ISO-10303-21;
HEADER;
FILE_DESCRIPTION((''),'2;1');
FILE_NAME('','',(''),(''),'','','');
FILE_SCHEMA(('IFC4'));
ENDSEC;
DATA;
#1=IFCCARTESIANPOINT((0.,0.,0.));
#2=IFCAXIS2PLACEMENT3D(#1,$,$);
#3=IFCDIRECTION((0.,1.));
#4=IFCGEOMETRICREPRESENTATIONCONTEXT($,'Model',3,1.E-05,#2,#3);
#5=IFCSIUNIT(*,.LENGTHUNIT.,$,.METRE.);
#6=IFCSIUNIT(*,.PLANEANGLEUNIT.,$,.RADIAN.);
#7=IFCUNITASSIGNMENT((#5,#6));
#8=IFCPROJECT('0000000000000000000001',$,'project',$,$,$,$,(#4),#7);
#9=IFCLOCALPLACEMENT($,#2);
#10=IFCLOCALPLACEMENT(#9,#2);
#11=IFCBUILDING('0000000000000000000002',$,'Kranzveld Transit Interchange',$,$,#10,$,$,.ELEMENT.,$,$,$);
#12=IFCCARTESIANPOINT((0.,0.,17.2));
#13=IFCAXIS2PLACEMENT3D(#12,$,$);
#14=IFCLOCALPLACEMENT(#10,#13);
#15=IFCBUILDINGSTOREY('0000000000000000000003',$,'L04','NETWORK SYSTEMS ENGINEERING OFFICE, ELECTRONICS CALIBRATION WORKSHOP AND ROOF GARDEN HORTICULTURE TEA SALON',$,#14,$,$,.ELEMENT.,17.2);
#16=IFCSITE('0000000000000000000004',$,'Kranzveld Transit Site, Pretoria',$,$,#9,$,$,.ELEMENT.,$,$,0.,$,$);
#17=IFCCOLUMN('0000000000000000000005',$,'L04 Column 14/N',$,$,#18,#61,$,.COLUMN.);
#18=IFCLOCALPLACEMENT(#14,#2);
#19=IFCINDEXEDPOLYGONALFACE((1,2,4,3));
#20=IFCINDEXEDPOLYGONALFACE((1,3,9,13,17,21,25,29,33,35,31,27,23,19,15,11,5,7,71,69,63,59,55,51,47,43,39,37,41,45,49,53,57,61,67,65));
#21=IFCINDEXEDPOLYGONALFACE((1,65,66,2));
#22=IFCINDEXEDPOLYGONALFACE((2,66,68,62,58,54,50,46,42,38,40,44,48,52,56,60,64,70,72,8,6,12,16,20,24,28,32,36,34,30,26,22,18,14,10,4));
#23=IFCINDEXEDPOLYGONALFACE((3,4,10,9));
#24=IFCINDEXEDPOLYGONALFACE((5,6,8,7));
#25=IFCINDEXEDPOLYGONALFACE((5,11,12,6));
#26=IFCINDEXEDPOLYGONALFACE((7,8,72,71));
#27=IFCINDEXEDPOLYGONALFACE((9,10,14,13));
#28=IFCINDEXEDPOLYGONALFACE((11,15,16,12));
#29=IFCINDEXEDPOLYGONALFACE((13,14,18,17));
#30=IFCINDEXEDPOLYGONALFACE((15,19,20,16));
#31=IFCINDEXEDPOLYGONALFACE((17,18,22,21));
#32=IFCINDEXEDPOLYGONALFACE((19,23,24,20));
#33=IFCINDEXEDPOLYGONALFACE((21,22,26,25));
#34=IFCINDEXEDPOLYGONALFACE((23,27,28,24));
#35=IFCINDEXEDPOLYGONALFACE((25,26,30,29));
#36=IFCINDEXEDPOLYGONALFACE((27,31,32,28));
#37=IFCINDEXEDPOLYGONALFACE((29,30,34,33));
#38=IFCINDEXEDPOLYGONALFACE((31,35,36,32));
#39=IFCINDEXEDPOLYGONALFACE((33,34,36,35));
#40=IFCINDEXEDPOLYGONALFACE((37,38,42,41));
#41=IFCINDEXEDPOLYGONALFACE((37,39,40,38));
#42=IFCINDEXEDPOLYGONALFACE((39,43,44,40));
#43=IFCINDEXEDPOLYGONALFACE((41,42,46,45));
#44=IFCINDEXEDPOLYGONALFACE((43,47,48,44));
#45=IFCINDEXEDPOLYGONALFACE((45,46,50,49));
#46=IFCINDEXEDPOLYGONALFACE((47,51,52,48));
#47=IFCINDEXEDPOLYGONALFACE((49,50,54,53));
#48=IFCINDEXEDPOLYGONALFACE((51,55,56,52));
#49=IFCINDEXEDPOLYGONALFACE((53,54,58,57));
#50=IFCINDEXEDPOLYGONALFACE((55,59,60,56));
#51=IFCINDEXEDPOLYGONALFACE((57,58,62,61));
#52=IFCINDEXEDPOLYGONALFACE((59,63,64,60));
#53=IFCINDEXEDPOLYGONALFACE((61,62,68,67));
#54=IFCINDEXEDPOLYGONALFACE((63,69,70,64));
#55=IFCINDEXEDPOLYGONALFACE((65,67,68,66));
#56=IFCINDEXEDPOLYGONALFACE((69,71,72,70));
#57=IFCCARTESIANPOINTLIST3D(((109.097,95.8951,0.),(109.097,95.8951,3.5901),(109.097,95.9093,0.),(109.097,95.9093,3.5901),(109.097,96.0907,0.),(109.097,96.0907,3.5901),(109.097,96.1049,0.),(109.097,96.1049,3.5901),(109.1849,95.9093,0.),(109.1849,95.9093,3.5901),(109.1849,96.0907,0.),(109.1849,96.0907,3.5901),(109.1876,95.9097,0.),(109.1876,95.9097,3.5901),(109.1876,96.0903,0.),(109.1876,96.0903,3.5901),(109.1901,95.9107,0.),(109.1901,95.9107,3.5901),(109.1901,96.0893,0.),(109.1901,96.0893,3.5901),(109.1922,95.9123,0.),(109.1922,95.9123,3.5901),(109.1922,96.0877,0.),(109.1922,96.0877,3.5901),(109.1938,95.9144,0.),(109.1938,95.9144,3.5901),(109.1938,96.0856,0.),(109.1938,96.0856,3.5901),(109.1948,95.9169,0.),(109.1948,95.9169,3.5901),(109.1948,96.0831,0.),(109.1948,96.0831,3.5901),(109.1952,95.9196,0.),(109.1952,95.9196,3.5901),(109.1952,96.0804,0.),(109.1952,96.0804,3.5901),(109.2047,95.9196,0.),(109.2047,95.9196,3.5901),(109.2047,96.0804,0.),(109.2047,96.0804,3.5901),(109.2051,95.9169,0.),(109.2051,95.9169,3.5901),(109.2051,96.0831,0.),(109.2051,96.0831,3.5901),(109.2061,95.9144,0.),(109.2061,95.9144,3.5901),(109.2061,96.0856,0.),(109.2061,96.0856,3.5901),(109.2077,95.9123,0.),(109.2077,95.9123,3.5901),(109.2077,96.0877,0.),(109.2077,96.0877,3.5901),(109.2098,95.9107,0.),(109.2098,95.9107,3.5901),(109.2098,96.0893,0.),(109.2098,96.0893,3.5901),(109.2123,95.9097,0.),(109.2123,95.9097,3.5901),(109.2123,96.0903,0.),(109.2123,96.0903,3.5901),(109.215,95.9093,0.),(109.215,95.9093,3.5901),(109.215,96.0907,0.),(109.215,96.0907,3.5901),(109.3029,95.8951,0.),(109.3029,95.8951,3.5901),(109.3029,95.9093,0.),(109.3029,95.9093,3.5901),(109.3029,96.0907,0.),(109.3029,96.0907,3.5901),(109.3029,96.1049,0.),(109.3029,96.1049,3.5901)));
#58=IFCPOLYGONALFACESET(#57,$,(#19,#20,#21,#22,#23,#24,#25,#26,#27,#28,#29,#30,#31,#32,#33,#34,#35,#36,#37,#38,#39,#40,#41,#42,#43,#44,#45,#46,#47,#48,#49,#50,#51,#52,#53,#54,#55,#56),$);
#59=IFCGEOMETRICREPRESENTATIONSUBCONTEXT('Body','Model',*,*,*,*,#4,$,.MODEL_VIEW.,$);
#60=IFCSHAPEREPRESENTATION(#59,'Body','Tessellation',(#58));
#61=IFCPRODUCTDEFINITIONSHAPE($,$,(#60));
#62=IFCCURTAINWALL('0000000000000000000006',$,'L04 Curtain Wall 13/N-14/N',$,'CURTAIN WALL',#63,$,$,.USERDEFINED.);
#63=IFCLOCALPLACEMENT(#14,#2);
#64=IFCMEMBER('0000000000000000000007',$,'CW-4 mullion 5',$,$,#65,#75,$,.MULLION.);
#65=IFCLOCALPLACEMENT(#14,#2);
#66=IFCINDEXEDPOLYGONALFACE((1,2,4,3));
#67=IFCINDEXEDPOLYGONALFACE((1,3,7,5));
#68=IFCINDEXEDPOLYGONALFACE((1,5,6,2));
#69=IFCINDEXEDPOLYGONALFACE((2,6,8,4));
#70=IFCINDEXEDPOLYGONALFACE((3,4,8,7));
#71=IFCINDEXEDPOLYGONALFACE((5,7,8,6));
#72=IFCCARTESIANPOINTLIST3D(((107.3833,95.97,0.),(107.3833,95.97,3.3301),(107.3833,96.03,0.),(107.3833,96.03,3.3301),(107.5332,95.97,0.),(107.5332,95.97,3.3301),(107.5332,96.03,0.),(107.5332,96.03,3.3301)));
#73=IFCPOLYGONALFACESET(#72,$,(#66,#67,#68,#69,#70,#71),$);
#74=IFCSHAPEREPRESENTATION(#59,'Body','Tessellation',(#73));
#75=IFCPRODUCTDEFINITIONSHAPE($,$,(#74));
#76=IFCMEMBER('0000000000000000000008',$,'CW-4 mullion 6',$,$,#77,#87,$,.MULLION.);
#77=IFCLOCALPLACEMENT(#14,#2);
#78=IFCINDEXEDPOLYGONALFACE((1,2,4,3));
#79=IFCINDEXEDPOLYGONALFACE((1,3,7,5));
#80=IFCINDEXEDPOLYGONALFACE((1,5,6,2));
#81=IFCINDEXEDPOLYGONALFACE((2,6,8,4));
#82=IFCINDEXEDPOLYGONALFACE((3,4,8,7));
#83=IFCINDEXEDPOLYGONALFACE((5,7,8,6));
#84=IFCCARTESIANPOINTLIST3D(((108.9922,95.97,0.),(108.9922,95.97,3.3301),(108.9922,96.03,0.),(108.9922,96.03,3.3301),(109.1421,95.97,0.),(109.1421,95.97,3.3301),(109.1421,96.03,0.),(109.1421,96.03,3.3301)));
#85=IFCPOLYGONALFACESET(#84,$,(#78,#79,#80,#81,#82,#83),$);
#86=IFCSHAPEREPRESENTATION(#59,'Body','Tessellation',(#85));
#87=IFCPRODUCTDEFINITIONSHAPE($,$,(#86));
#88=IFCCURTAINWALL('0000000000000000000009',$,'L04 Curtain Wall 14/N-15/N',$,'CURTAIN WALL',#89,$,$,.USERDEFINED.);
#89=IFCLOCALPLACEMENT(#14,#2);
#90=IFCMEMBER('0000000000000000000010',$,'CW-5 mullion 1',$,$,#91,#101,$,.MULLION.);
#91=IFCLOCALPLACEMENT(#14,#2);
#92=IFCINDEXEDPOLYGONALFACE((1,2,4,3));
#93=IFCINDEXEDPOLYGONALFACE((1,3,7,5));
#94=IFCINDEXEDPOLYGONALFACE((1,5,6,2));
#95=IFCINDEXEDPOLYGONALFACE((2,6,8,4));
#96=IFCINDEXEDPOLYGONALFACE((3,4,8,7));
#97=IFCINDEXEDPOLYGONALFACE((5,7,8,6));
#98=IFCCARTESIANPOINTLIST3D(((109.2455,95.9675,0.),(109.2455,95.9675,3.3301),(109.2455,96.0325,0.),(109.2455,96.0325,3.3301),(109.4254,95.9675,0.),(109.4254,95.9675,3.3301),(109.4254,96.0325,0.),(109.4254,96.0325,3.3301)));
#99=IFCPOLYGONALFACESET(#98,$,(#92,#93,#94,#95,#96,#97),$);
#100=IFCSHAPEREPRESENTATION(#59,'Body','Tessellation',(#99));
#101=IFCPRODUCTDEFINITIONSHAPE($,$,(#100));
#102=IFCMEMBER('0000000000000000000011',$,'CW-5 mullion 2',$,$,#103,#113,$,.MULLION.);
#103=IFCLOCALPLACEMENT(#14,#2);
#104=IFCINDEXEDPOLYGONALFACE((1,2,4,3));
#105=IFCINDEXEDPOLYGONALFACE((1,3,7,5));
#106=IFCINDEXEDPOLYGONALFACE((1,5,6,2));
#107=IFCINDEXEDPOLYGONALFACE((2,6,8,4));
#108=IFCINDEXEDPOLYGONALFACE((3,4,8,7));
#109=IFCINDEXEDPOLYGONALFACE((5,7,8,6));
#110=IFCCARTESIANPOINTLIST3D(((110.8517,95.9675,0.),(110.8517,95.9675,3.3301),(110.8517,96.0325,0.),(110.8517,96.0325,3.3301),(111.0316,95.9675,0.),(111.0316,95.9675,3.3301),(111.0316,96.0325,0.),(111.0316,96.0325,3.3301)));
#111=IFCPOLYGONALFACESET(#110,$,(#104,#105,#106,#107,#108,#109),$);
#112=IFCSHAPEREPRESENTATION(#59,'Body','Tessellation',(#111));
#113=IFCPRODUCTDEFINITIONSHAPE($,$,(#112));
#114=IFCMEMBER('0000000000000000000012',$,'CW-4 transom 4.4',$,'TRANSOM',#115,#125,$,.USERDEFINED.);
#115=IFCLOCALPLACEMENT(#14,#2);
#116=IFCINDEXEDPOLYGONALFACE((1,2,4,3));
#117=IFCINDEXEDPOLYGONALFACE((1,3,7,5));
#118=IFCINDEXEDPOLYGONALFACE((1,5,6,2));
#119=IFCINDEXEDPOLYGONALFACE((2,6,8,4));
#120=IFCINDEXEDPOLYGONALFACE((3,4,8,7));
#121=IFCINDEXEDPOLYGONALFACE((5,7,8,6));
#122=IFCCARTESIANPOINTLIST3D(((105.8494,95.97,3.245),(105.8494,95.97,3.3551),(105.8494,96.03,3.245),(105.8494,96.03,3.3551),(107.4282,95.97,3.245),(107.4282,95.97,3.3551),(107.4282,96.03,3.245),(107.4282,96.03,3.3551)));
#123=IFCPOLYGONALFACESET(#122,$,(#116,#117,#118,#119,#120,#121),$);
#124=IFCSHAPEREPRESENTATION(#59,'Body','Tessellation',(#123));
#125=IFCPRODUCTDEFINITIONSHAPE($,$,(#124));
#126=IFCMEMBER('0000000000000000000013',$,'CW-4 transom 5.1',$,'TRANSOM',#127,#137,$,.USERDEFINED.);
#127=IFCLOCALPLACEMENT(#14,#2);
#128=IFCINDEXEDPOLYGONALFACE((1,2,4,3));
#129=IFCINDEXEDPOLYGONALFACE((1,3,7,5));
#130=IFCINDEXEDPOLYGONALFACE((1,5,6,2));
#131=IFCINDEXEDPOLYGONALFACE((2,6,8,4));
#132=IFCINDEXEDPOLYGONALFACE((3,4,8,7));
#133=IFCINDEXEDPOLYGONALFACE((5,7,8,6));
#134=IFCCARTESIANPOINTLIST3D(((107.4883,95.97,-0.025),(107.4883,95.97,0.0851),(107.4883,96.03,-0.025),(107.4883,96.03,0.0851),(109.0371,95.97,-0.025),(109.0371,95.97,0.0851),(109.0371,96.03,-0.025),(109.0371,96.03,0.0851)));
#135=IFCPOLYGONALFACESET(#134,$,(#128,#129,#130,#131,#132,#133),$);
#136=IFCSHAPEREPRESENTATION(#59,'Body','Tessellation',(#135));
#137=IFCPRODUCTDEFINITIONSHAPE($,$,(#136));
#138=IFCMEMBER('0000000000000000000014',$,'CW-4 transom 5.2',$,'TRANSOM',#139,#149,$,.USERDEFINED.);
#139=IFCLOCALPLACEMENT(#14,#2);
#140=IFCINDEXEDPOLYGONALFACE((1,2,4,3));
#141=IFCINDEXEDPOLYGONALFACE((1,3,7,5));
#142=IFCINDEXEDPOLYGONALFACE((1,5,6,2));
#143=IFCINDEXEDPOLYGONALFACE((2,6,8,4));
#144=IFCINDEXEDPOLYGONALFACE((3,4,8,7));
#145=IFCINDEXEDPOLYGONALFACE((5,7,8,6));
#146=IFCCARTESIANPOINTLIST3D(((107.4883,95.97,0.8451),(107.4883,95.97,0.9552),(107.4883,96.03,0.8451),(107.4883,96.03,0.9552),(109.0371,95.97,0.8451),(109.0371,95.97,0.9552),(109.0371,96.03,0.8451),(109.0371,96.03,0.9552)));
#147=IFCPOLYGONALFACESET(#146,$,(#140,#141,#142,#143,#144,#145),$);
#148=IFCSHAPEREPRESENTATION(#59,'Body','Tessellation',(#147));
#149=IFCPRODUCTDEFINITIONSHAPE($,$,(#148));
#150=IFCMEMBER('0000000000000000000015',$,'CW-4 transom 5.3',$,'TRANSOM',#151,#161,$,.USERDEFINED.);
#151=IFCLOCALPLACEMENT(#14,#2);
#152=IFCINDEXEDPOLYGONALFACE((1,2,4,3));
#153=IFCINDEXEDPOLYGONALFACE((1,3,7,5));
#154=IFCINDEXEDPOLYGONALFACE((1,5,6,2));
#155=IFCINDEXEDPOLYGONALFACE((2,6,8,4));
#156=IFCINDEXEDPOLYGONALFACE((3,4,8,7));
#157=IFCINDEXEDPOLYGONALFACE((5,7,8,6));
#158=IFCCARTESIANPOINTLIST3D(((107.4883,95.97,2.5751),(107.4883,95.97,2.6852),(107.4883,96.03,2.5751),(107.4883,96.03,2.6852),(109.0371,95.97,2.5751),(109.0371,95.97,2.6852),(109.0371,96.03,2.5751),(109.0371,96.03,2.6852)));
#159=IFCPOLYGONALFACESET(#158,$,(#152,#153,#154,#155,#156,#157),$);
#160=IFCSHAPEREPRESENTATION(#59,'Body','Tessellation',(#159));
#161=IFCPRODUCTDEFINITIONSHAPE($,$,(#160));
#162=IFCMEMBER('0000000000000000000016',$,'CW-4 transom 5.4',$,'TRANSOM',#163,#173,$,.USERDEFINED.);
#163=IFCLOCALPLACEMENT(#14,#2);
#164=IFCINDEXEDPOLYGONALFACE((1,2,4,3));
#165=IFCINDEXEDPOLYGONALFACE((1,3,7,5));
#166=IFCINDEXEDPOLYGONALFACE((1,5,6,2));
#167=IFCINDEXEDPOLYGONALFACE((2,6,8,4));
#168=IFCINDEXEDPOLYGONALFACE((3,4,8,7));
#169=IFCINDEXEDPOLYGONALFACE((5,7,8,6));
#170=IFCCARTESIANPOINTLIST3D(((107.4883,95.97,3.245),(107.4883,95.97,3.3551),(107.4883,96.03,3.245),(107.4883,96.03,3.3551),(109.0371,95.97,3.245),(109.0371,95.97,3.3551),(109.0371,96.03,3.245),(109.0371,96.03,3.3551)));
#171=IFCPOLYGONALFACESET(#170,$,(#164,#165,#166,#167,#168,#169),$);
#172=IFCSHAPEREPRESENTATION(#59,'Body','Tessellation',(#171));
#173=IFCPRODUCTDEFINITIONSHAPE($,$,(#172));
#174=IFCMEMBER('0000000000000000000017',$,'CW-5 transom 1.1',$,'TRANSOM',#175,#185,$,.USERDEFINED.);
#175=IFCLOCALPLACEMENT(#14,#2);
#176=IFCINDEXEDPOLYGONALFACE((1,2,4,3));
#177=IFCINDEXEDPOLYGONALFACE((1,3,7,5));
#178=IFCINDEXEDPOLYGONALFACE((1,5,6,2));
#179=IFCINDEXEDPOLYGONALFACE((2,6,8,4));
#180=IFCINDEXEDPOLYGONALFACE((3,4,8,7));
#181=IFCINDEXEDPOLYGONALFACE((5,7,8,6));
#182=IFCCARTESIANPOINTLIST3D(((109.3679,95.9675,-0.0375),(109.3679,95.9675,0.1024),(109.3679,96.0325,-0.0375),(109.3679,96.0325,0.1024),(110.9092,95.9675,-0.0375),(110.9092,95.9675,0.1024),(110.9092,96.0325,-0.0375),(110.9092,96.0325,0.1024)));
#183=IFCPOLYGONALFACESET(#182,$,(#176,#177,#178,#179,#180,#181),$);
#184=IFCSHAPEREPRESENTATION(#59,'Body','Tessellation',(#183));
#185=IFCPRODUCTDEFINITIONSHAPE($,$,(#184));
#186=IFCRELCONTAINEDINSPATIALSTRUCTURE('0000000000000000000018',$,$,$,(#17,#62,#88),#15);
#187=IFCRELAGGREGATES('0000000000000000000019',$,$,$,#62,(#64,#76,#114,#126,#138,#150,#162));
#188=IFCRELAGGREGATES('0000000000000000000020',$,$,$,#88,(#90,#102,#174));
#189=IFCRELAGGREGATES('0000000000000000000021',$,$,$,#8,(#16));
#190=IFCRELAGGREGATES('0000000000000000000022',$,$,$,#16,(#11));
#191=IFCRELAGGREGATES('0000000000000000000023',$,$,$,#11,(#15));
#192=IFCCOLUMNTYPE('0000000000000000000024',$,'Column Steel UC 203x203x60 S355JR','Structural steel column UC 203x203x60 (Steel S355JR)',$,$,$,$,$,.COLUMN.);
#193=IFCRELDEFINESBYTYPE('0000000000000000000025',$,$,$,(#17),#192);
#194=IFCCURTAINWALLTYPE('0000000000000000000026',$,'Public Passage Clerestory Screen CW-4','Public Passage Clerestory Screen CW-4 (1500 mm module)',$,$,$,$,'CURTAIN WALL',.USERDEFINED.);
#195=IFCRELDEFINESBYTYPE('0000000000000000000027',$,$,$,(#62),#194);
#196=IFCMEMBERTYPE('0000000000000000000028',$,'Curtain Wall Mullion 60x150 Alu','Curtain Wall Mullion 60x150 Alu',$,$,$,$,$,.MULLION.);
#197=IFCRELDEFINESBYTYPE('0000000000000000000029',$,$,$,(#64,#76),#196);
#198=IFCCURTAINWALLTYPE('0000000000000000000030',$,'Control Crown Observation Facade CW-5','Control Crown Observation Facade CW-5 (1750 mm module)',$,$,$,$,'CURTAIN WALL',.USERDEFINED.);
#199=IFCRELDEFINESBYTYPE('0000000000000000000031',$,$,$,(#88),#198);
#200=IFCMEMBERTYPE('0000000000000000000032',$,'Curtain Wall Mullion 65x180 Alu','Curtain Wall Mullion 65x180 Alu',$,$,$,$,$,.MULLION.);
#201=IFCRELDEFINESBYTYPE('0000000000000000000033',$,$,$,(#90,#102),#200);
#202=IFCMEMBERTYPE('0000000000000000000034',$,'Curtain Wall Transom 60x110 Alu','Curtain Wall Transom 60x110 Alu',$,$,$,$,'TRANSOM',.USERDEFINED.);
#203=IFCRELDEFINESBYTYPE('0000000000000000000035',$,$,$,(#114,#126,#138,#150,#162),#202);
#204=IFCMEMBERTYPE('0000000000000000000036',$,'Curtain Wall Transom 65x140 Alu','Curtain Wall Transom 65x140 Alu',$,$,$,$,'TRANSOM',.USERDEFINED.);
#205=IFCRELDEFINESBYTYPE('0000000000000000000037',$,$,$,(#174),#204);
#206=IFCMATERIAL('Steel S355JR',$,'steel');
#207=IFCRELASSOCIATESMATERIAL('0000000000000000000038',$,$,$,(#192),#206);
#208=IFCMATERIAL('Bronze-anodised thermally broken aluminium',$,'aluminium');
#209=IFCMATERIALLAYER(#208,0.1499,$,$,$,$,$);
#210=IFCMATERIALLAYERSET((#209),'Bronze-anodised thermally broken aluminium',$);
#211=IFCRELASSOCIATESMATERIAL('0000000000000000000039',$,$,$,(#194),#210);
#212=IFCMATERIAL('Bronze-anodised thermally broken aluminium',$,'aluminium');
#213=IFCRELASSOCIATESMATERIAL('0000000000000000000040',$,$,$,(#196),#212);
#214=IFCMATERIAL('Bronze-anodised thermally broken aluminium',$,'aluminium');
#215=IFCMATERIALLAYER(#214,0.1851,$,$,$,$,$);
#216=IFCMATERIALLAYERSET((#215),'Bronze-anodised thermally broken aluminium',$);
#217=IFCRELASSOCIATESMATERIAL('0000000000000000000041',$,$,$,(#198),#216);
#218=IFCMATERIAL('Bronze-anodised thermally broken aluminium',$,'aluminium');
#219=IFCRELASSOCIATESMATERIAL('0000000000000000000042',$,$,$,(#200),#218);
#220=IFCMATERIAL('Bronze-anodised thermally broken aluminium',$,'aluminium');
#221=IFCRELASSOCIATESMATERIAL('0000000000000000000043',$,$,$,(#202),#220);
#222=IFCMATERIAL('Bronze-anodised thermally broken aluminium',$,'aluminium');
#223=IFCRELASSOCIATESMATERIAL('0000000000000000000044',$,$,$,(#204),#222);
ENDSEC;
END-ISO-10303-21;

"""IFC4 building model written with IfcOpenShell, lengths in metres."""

from ifc_helpers import new_model, si_unit, direction, frame, origin, origin_2d, place, context, subcontext, project, spatial, rectangle, i_section, extrude, material, layer, layer_set, material_profile, profile_set, type_object, element, aggregate, save


model = new_model("IFC4")

# Units and contexts
model_context = context("Model", 3, precision=1e-05, world=origin(), true_north=direction((0.0, 1.0)))
body_context = subcontext(model_context, "Body", "Model", "MODEL_VIEW")
ifc_project = project(units=[si_unit("LENGTHUNIT", "METRE"), si_unit("PLANEANGLEUNIT", "RADIAN")], contexts=[model_context])

# Site, building, storey
site_placement = place(None, origin())
site = spatial("IfcSite", under=ifc_project, at=site_placement, Name="Kranzveld Transit Site, Pretoria", CompositionType="ELEMENT", RefElevation=0.0)
building_placement = place(site_placement, origin())
building = spatial("IfcBuilding", under=site, at=building_placement, Name="Kranzveld Transit Interchange", CompositionType="ELEMENT")
storey_placement = place(building_placement, frame((0.0, 0.0, 17.2)))
storey = spatial("IfcBuildingStorey", under=building, at=storey_placement, Name="L04", Description="NETWORK SYSTEMS ENGINEERING OFFICE, ELECTRONICS CALIBRATION WORKSHOP AND ROOF GARDEN HORTICULTURE TEA SALON", CompositionType="ELEMENT", Elevation=17.2)

# Column
ifc_material_1 = material(Name="Steel S355JR", Category="steel")
ifc_material_profile_1 = material_profile(ifc_material_1, i_section(OverallWidth=0.2058, OverallDepth=0.2097, WebThickness=0.0095, FlangeThickness=0.0142, FilletRadius=0.0103, at=origin_2d()), Name="UC 203x203x60")
ifc_profile_set_1 = profile_set([ifc_material_profile_1], Name="Steel S355JR")
column_type = type_object("IfcColumnType", Name="Column Steel UC 203x203x60 S355JR", Description="Structural steel column UC 203x203x60 (Steel S355JR)", PredefinedType="COLUMN", material=ifc_profile_set_1)
column_placement = place(storey_placement, frame((109.2, 96.0, 0.0), z_axis=(0.0, 0.0, 1.0), x_axis=(1.0, 0.0, 0.0)))
element("IfcColumn", 1, at=column_placement, inside=storey, type_object=column_type, Name="L04 Column 14/N", PredefinedType="COLUMN", context=body_context, shape_type="SweptSolid", body=[
    extrude(i_section(OverallWidth=0.2058, OverallDepth=0.2097, WebThickness=0.0095, FlangeThickness=0.0142, FilletRadius=0.0103, at=origin_2d()), origin(), (0.0, 0.0, 1.0), 3.5901),
])

# Curtain walls, members
ifc_material_2 = material(Name="Bronze-anodised thermally broken aluminium", Category="aluminium")
ifc_layer_1 = layer(ifc_material_2, 0.1499)
ifc_layer_set_1 = layer_set([ifc_layer_1], Name="Bronze-anodised thermally broken aluminium")
curtain_wall_type_1 = type_object("IfcCurtainWallType", Name="Public Passage Clerestory Screen CW-4", Description="Public Passage Clerestory Screen CW-4 (1500 mm module)", ElementType="CURTAIN WALL", PredefinedType="USERDEFINED", material=ifc_layer_set_1)
curtain_wall_1_placement = place(storey_placement, origin())
curtain_wall_1 = element("IfcCurtainWall", 2, at=curtain_wall_1_placement, inside=storey, type_object=curtain_wall_type_1, Name="L04 Curtain Wall 13/N-14/N", ObjectType="CURTAIN WALL", PredefinedType="USERDEFINED")
ifc_material_3 = material(Name="Bronze-anodised thermally broken aluminium", Category="aluminium")
ifc_material_profile_2 = material_profile(ifc_material_3, rectangle(XDim=0.0601, YDim=0.1499, at=origin_2d()), Name="ALU MULLION 60x150")
ifc_profile_set_2 = profile_set([ifc_material_profile_2], Name="Bronze-anodised thermally broken aluminium")
member_type_1 = type_object("IfcMemberType", Name="Curtain Wall Mullion 60x150 Alu", Description="Curtain Wall Mullion 60x150 Alu", PredefinedType="MULLION", material=ifc_profile_set_2)
member_1_placement = place(storey_placement, frame((107.4583, 96.0, 0.0), z_axis=(0.0, 0.0, 1.0), x_axis=(0.0, 1.0, 0.0)))
member_1 = element("IfcMember", 3, at=member_1_placement, type_object=member_type_1, Name="CW-4 mullion 5", PredefinedType="MULLION", context=body_context, shape_type="SweptSolid", body=[
    extrude(rectangle(XDim=0.0601, YDim=0.1499, at=origin_2d()), origin(), (0.0, 0.0, 1.0), 3.3301),
])
member_2_placement = place(storey_placement, frame((109.0671, 96.0, 0.0), z_axis=(0.0, 0.0, 1.0), x_axis=(0.0, 1.0, 0.0)))
member_2 = element("IfcMember", 4, at=member_2_placement, type_object=member_type_1, Name="CW-4 mullion 6", PredefinedType="MULLION", context=body_context, shape_type="SweptSolid", body=[
    extrude(rectangle(XDim=0.0601, YDim=0.1499, at=origin_2d()), origin(), (0.0, 0.0, 1.0), 3.3301),
])
ifc_material_4 = material(Name="Bronze-anodised thermally broken aluminium", Category="aluminium")
ifc_layer_2 = layer(ifc_material_4, 0.1851)
ifc_layer_set_2 = layer_set([ifc_layer_2], Name="Bronze-anodised thermally broken aluminium")
curtain_wall_type_2 = type_object("IfcCurtainWallType", Name="Control Crown Observation Facade CW-5", Description="Control Crown Observation Facade CW-5 (1750 mm module)", ElementType="CURTAIN WALL", PredefinedType="USERDEFINED", material=ifc_layer_set_2)
curtain_wall_2_placement = place(storey_placement, origin())
curtain_wall_2 = element("IfcCurtainWall", 5, at=curtain_wall_2_placement, inside=storey, type_object=curtain_wall_type_2, Name="L04 Curtain Wall 14/N-15/N", ObjectType="CURTAIN WALL", PredefinedType="USERDEFINED")
ifc_material_5 = material(Name="Bronze-anodised thermally broken aluminium", Category="aluminium")
ifc_material_profile_3 = material_profile(ifc_material_5, rectangle(XDim=0.0649, YDim=0.1799, at=origin_2d()), Name="ALU MULLION 65x180")
ifc_profile_set_3 = profile_set([ifc_material_profile_3], Name="Bronze-anodised thermally broken aluminium")
member_type_2 = type_object("IfcMemberType", Name="Curtain Wall Mullion 65x180 Alu", Description="Curtain Wall Mullion 65x180 Alu", PredefinedType="MULLION", material=ifc_profile_set_3)
member_3_placement = place(storey_placement, frame((109.3354, 96.0, 0.0), z_axis=(0.0, 0.0, 1.0), x_axis=(0.0, 1.0, 0.0)))
member_3 = element("IfcMember", 6, at=member_3_placement, type_object=member_type_2, Name="CW-5 mullion 1", PredefinedType="MULLION", context=body_context, shape_type="SweptSolid", body=[
    extrude(rectangle(XDim=0.0649, YDim=0.1799, at=origin_2d()), origin(), (0.0, 0.0, 1.0), 3.3301),
])
member_4_placement = place(storey_placement, frame((110.9417, 96.0, 0.0), z_axis=(0.0, 0.0, 1.0), x_axis=(0.0, 1.0, 0.0)))
member_4 = element("IfcMember", 7, at=member_4_placement, type_object=member_type_2, Name="CW-5 mullion 2", PredefinedType="MULLION", context=body_context, shape_type="SweptSolid", body=[
    extrude(rectangle(XDim=0.0649, YDim=0.1799, at=origin_2d()), origin(), (0.0, 0.0, 1.0), 3.3301),
])

# Members
ifc_material_6 = material(Name="Bronze-anodised thermally broken aluminium", Category="aluminium")
ifc_material_profile_4 = material_profile(ifc_material_6, rectangle(XDim=0.0601, YDim=0.1101, at=origin_2d()), Name="ALU TRANSOM 60x110")
ifc_profile_set_4 = profile_set([ifc_material_profile_4], Name="Bronze-anodised thermally broken aluminium")
member_type_3 = type_object("IfcMemberType", Name="Curtain Wall Transom 60x110 Alu", Description="Curtain Wall Transom 60x110 Alu", ElementType="TRANSOM", PredefinedType="USERDEFINED", material=ifc_profile_set_4)
member_5_placement = place(storey_placement, frame((105.8494, 96.0, 3.3), z_axis=(1.0, 0.0, 0.0), x_axis=(0.0, 1.0, 0.0)))
member_5 = element("IfcMember", 8, at=member_5_placement, type_object=member_type_3, Name="CW-4 transom 4.4", ObjectType="TRANSOM", PredefinedType="USERDEFINED", context=body_context, shape_type="SweptSolid", body=[
    extrude(rectangle(XDim=0.0601, YDim=0.1101, at=origin_2d()), origin(), (0.0, 0.0, 1.0), 1.5789),
])
member_6_placement = place(storey_placement, frame((107.4883, 96.0, 0.03), z_axis=(1.0, 0.0, 0.0), x_axis=(0.0, 1.0, 0.0)))
member_6 = element("IfcMember", 9, at=member_6_placement, type_object=member_type_3, Name="CW-4 transom 5.1", ObjectType="TRANSOM", PredefinedType="USERDEFINED", context=body_context, shape_type="SweptSolid", body=[
    extrude(rectangle(XDim=0.0601, YDim=0.1101, at=origin_2d()), origin(), (0.0, 0.0, 1.0), 1.5488),
])
member_7_placement = place(storey_placement, frame((107.4883, 96.0, 0.9001), z_axis=(1.0, 0.0, 0.0), x_axis=(0.0, 1.0, 0.0)))
member_7 = element("IfcMember", 10, at=member_7_placement, type_object=member_type_3, Name="CW-4 transom 5.2", ObjectType="TRANSOM", PredefinedType="USERDEFINED", context=body_context, shape_type="SweptSolid", body=[
    extrude(rectangle(XDim=0.0601, YDim=0.1101, at=origin_2d()), origin(), (0.0, 0.0, 1.0), 1.5488),
])
member_8_placement = place(storey_placement, frame((107.4883, 96.0, 2.6301), z_axis=(1.0, 0.0, 0.0), x_axis=(0.0, 1.0, 0.0)))
member_8 = element("IfcMember", 11, at=member_8_placement, type_object=member_type_3, Name="CW-4 transom 5.3", ObjectType="TRANSOM", PredefinedType="USERDEFINED", context=body_context, shape_type="SweptSolid", body=[
    extrude(rectangle(XDim=0.0601, YDim=0.1101, at=origin_2d()), origin(), (0.0, 0.0, 1.0), 1.5488),
])
member_9_placement = place(storey_placement, frame((107.4883, 96.0, 3.3), z_axis=(1.0, 0.0, 0.0), x_axis=(0.0, 1.0, 0.0)))
member_9 = element("IfcMember", 12, at=member_9_placement, type_object=member_type_3, Name="CW-4 transom 5.4", ObjectType="TRANSOM", PredefinedType="USERDEFINED", context=body_context, shape_type="SweptSolid", body=[
    extrude(rectangle(XDim=0.0601, YDim=0.1101, at=origin_2d()), origin(), (0.0, 0.0, 1.0), 1.5488),
])
ifc_material_7 = material(Name="Bronze-anodised thermally broken aluminium", Category="aluminium")
ifc_material_profile_5 = material_profile(ifc_material_7, rectangle(XDim=0.0649, YDim=0.1399, at=origin_2d()), Name="ALU TRANSOM 65x140")
ifc_profile_set_5 = profile_set([ifc_material_profile_5], Name="Bronze-anodised thermally broken aluminium")
member_type_4 = type_object("IfcMemberType", Name="Curtain Wall Transom 65x140 Alu", Description="Curtain Wall Transom 65x140 Alu", ElementType="TRANSOM", PredefinedType="USERDEFINED", material=ifc_profile_set_5)
member_10_placement = place(storey_placement, frame((109.3679, 96.0, 0.0325), z_axis=(1.0, 0.0, 0.0), x_axis=(0.0, 1.0, 0.0)))
member_10 = element("IfcMember", 13, at=member_10_placement, type_object=member_type_4, Name="CW-5 transom 1.1", ObjectType="TRANSOM", PredefinedType="USERDEFINED", context=body_context, shape_type="SweptSolid", body=[
    extrude(rectangle(XDim=0.0649, YDim=0.1399, at=origin_2d()), origin(), (0.0, 0.0, 1.0), 1.5413),
])

aggregate(curtain_wall_1, [member_1, member_2, member_5, member_6, member_7, member_8, member_9])
aggregate(curtain_wall_2, [member_3, member_4, member_10])

save(model, "model.ifc")
